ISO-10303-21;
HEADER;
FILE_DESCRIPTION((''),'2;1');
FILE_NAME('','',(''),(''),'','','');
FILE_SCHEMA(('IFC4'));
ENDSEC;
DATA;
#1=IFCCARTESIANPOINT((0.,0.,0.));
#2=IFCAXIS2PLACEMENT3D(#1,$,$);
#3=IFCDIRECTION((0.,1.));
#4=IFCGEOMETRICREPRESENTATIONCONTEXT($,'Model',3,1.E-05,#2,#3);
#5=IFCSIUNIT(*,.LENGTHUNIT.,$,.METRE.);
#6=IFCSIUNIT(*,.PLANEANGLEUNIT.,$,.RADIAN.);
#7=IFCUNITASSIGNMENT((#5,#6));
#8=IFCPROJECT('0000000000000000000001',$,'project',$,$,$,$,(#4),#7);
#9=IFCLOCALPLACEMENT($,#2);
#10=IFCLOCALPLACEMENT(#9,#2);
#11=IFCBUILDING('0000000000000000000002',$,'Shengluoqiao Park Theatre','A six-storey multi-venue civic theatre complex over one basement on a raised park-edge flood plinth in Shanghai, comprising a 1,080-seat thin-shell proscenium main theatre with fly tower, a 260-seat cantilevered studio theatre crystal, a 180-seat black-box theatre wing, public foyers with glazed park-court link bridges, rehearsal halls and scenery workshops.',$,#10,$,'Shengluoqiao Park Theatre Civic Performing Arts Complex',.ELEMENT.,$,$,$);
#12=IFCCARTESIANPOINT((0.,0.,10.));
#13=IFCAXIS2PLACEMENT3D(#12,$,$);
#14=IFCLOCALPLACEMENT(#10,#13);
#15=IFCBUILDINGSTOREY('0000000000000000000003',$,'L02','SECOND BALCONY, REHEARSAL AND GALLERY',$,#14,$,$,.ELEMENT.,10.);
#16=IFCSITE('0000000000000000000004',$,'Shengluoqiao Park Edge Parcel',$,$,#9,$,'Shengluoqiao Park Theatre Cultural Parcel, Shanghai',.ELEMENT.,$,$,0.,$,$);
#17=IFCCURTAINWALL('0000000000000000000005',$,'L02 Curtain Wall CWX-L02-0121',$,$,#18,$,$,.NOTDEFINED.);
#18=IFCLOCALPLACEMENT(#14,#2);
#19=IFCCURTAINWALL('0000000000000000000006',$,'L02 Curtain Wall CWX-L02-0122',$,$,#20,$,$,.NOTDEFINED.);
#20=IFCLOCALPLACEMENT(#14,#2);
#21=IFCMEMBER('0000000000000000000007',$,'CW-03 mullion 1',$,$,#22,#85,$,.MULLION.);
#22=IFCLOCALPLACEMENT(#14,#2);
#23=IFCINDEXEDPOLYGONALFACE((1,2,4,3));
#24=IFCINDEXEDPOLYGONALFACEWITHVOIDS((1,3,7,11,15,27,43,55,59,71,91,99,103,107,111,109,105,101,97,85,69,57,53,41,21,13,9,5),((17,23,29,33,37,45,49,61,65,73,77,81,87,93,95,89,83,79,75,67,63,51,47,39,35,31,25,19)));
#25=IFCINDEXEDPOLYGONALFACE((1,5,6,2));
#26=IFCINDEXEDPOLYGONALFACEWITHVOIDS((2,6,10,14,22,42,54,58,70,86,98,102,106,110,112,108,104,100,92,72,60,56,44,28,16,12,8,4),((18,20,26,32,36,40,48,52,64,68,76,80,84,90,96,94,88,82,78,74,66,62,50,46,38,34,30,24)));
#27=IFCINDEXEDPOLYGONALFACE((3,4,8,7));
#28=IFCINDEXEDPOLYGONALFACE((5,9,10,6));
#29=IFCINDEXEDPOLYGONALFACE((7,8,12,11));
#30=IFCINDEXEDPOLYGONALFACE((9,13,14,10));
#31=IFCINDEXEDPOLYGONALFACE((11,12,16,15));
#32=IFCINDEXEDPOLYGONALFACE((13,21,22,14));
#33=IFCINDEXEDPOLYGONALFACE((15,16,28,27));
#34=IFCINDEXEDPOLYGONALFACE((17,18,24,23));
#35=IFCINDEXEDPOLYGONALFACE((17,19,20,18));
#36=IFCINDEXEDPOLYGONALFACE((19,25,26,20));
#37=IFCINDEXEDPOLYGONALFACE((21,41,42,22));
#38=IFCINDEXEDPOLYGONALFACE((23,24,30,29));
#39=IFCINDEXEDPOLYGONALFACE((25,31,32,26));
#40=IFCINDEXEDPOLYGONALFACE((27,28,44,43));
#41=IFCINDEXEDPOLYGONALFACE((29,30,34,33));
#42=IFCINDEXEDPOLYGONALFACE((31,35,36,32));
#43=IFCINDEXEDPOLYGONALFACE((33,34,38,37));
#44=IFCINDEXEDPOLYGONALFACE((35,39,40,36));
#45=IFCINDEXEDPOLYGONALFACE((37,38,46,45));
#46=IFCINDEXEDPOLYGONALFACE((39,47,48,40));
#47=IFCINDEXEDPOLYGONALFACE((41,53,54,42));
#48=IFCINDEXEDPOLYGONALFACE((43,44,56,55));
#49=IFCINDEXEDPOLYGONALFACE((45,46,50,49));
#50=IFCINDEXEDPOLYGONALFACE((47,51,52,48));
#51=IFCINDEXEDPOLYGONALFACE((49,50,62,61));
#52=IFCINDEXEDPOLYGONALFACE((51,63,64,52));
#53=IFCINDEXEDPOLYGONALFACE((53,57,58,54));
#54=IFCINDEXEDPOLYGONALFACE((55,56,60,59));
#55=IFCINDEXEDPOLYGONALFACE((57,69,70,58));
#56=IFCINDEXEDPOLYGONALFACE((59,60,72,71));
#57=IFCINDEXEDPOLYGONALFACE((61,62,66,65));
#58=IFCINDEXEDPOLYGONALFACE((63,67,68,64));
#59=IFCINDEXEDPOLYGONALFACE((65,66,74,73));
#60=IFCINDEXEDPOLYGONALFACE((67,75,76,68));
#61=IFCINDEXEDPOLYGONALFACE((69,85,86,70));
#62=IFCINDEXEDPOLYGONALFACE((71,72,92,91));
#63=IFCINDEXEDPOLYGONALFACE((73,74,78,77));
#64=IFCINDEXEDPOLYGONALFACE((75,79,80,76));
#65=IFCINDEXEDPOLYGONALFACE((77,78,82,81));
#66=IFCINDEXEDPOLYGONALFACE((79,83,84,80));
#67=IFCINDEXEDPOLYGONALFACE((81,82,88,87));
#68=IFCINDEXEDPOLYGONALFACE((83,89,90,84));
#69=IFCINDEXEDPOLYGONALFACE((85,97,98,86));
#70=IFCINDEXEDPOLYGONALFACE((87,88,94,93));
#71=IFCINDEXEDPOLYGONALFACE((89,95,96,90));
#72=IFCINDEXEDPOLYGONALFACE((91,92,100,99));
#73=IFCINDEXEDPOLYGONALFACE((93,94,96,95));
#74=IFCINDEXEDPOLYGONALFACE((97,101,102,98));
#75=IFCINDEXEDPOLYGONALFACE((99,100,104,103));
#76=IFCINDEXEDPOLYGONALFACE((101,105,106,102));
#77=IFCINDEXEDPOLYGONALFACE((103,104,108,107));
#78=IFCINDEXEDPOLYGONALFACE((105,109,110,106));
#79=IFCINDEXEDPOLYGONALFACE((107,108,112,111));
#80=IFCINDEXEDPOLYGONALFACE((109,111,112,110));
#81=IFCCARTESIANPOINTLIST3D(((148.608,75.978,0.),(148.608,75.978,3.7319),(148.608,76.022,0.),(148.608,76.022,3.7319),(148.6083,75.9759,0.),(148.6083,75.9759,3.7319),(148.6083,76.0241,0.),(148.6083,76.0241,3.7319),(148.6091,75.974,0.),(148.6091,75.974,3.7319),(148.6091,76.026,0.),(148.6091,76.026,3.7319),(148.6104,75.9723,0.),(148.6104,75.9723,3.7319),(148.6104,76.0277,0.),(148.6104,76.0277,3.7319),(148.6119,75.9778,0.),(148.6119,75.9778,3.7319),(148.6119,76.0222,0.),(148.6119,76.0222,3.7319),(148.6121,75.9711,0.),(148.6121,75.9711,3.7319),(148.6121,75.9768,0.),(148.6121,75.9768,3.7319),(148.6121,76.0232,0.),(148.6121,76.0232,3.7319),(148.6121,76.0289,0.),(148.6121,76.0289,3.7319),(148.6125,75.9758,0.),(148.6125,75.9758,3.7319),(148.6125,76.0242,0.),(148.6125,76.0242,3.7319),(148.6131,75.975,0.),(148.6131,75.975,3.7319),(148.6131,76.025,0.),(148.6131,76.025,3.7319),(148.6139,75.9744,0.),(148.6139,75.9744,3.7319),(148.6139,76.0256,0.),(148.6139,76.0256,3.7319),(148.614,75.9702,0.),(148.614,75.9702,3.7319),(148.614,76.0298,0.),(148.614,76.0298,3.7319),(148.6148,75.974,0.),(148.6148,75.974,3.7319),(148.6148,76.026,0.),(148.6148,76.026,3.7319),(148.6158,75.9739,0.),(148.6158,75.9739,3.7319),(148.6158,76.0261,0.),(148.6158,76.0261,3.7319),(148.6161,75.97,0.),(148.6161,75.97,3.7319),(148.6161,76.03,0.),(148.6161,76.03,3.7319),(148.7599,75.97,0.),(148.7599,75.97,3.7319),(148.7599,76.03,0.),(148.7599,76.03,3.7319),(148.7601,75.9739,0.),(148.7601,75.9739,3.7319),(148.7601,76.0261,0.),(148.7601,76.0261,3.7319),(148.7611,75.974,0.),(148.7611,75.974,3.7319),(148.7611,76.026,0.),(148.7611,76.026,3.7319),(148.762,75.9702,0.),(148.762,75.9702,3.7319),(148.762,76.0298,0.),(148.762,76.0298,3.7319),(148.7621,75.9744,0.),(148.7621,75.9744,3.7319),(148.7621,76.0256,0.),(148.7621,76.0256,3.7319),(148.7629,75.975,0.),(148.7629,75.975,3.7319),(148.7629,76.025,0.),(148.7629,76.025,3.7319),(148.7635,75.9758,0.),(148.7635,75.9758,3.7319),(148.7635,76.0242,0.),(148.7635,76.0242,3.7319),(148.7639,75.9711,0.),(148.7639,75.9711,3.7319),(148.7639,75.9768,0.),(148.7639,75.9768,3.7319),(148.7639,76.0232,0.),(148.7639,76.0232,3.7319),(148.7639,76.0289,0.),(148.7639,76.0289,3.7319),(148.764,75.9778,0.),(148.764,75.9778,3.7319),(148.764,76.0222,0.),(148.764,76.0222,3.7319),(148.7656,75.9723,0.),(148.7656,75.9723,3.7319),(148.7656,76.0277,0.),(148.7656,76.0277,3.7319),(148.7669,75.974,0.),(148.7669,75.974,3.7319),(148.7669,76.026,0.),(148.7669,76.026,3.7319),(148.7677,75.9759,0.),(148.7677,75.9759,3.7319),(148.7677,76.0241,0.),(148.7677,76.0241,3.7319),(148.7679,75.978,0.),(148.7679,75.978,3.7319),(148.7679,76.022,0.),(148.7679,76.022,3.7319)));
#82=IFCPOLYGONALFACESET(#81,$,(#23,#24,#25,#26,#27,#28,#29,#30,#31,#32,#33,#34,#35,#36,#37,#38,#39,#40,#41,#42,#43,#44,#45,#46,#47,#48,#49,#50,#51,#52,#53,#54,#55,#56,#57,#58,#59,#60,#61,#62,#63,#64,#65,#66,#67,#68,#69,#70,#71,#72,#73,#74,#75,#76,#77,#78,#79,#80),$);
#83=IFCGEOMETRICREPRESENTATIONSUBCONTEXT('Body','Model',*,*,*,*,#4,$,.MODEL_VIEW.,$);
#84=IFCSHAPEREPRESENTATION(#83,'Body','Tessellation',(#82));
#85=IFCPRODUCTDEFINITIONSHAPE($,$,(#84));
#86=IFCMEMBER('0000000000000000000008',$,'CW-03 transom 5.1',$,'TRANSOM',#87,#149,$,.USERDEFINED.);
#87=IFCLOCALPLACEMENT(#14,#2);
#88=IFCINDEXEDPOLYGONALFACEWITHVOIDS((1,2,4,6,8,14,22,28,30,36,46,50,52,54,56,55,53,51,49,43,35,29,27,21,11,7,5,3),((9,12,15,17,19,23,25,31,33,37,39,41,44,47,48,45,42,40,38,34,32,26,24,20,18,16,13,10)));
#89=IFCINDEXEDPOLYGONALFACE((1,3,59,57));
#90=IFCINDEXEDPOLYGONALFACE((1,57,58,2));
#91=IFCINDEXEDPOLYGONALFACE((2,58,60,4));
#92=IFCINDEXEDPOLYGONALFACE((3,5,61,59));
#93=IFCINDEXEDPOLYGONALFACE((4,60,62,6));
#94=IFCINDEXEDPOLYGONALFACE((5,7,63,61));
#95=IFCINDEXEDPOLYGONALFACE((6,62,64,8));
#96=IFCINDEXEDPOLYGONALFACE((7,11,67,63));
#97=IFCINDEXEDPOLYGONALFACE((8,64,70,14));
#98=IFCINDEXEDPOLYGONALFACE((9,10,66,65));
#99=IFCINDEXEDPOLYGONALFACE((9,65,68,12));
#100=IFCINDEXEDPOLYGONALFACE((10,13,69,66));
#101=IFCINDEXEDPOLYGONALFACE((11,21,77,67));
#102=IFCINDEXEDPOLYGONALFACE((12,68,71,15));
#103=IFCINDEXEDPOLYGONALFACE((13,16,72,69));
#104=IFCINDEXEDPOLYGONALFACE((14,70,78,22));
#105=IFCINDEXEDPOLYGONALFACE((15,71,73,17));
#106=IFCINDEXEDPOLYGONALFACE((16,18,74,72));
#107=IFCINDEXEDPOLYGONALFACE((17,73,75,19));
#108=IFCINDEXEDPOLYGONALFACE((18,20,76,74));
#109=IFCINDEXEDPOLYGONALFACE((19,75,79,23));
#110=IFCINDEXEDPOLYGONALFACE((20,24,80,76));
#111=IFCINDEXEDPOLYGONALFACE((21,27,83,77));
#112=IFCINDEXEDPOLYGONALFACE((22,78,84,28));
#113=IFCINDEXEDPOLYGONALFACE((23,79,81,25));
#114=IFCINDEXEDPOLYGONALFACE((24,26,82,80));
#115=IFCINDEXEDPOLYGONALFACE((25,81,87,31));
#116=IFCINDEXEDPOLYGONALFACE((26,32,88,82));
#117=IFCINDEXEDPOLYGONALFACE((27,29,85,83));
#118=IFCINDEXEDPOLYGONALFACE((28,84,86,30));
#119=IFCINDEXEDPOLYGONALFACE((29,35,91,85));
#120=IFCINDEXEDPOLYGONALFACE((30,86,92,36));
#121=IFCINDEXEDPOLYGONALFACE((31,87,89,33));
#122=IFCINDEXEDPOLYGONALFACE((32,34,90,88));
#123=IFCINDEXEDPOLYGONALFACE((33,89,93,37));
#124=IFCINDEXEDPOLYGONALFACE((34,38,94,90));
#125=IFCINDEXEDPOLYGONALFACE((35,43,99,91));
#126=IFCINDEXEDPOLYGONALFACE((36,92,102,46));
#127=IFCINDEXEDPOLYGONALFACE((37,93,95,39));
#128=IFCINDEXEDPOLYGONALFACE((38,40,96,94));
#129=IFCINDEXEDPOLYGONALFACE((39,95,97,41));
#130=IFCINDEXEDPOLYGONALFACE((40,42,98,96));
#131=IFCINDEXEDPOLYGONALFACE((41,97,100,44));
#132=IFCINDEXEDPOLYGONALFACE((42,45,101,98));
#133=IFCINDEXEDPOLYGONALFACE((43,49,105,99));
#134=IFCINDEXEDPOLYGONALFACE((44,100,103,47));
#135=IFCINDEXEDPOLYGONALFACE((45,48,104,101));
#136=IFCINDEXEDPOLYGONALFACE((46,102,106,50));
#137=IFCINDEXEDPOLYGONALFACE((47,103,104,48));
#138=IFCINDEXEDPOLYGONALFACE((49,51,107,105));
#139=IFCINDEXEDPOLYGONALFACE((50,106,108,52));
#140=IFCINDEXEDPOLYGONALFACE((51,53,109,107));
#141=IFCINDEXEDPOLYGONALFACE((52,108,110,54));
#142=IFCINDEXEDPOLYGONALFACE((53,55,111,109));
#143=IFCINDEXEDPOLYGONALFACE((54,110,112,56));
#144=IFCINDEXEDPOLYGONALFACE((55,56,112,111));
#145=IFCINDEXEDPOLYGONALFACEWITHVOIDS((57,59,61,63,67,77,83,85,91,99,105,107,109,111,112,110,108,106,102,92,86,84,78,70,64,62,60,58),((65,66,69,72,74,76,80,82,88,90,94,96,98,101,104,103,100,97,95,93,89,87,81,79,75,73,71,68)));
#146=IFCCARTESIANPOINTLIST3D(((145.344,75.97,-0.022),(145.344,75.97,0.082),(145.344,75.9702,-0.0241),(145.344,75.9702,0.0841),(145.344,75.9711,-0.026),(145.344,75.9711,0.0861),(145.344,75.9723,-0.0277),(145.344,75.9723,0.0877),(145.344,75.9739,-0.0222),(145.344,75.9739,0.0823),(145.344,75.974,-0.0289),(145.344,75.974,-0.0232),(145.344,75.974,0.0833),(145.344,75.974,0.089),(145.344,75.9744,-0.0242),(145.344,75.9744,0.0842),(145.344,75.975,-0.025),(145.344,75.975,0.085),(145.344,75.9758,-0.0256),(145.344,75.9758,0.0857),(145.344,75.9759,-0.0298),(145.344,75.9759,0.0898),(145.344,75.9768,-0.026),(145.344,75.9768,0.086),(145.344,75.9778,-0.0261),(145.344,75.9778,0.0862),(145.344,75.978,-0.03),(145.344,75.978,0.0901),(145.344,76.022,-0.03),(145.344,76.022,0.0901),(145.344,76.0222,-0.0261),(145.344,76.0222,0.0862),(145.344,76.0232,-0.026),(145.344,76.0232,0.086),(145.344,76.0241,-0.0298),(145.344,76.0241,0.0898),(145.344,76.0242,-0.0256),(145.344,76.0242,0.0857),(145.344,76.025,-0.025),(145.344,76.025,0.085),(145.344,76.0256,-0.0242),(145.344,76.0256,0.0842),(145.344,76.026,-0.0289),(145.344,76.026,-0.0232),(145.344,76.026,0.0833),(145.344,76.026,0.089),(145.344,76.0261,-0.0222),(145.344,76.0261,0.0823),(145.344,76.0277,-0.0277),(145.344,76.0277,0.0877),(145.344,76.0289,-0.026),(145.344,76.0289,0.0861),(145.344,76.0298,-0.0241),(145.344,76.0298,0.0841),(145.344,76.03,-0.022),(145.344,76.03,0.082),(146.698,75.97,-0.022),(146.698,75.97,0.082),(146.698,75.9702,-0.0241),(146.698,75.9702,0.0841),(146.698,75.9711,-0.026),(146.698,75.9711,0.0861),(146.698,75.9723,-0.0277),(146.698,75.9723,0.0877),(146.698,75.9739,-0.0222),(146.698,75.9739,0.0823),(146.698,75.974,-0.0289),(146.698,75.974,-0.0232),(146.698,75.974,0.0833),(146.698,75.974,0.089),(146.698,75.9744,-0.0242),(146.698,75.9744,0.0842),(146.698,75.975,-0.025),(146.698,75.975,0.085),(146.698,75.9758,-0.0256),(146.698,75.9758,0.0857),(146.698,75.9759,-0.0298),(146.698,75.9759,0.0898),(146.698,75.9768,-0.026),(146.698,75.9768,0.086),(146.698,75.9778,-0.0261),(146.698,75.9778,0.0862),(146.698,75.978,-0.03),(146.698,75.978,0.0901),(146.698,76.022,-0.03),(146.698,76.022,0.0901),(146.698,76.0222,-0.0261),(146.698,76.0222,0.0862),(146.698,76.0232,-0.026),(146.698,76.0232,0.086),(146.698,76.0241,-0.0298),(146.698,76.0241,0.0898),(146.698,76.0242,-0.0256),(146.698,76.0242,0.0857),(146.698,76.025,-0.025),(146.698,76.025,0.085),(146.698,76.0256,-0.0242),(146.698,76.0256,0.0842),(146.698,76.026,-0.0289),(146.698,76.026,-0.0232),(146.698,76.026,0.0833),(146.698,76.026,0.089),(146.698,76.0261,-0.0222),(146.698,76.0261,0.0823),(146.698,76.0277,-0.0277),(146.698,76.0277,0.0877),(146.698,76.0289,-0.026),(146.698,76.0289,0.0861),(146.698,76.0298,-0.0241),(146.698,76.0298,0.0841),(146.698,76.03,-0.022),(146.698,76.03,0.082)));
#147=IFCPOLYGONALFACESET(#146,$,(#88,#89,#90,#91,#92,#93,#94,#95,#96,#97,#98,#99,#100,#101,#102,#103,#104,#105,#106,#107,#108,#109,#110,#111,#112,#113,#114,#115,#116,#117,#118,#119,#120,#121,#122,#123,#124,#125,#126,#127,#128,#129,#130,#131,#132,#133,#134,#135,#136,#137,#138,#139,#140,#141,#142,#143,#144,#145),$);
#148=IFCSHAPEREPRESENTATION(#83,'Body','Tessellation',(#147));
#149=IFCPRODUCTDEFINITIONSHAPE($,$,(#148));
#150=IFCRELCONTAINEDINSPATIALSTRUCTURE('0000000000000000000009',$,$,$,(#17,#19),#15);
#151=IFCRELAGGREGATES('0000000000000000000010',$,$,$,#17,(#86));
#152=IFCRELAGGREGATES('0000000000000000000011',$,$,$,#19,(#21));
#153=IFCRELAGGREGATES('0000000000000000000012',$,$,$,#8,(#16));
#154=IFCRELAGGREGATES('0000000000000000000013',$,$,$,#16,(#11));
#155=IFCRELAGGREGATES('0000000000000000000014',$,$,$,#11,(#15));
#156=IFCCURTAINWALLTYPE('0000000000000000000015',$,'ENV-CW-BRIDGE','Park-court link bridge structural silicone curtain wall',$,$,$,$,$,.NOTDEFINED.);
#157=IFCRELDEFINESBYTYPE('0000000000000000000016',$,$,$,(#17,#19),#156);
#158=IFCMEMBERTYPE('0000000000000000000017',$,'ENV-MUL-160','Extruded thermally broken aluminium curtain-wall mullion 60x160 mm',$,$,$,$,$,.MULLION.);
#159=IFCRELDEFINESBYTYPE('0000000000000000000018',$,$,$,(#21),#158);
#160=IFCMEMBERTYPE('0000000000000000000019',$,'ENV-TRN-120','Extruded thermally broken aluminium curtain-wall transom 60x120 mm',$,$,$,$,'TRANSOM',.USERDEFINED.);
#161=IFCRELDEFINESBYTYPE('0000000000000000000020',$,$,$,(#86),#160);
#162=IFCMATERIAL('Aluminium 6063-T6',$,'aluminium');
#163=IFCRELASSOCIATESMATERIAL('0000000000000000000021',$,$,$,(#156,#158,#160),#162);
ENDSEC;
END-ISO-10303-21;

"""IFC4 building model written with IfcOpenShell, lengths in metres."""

from ifc_helpers import new_model, si_unit, direction, frame, origin, origin_2d, place, context, subcontext, project, spatial, hollow_rectangle, extrude, material, material_profile, profile_set, type_object, element, aggregate, save


model = new_model("IFC4")

# Units and contexts
model_context = context("Model", 3, precision=1e-05, world=origin(), true_north=direction((0.0, 1.0)))
body_context = subcontext(model_context, "Body", "Model", "MODEL_VIEW")
ifc_project = project(units=[si_unit("LENGTHUNIT", "METRE"), si_unit("PLANEANGLEUNIT", "RADIAN")], contexts=[model_context])

# Site, building, storey
site_placement = place(None, origin())
site = spatial("IfcSite", under=ifc_project, at=site_placement, Name="Shengluoqiao Park Edge Parcel", LongName="Shengluoqiao Park Theatre Cultural Parcel, Shanghai", CompositionType="ELEMENT", RefElevation=0.0)
building_placement = place(site_placement, origin())
building = spatial("IfcBuilding", under=site, at=building_placement, Name="Shengluoqiao Park Theatre", Description="A six-storey multi-venue civic theatre complex over one basement on a raised park-edge flood plinth in Shanghai, comprising a 1,080-seat thin-shell proscenium main theatre with fly tower, a 260-seat cantilevered studio theatre crystal, a 180-seat black-box theatre wing, public foyers with glazed park-court link bridges, rehearsal halls and scenery workshops.", LongName="Shengluoqiao Park Theatre Civic Performing Arts Complex", CompositionType="ELEMENT")
storey_placement = place(building_placement, frame((0.0, 0.0, 10.0)))
storey = spatial("IfcBuildingStorey", under=building, at=storey_placement, Name="L02", Description="SECOND BALCONY, REHEARSAL AND GALLERY", CompositionType="ELEMENT", Elevation=10.0)

# Curtain wall
ifc_material_1 = material(Name="Aluminium 6063-T6", Category="aluminium")
curtain_wall_type = type_object("IfcCurtainWallType", Name="ENV-CW-BRIDGE", Description="Park-court link bridge structural silicone curtain wall", PredefinedType="NOTDEFINED", material=ifc_material_1)
curtain_wall_1_placement = place(storey_placement, origin())
curtain_wall_1 = element("IfcCurtainWall", 1, at=curtain_wall_1_placement, inside=storey, type_object=curtain_wall_type, Name="L02 Curtain Wall CWX-L02-0121", PredefinedType="NOTDEFINED")
ifc_material_profile_1 = material_profile(ifc_material_1, hollow_rectangle(XDim=0.0601, YDim=0.1599, WallThickness=0.0039, InnerFilletRadius=0.0039, OuterFilletRadius=0.0081, at=origin_2d()), Name="ALU MULLION 160x60x4")
ifc_profile_set_1 = profile_set([ifc_material_profile_1], Name="Aluminium 6063-T6")
member_type_1 = type_object("IfcMemberType", Name="ENV-MUL-160", Description="Extruded thermally broken aluminium curtain-wall mullion 60x160 mm", PredefinedType="MULLION", material=ifc_profile_set_1)

# Curtain wall, member
curtain_wall_2_placement = place(storey_placement, origin())
curtain_wall_2 = element("IfcCurtainWall", 2, at=curtain_wall_2_placement, inside=storey, type_object=curtain_wall_type, Name="L02 Curtain Wall CWX-L02-0122", PredefinedType="NOTDEFINED")
member_1_placement = place(storey_placement, frame((148.688, 76.0, 0.0), z_axis=(0.0, 0.0, 1.0), x_axis=(0.0, 1.0, 0.0)))
member_1 = element("IfcMember", 3, at=member_1_placement, type_object=member_type_1, Name="CW-03 mullion 1", PredefinedType="MULLION", context=body_context, shape_type="SweptSolid", body=[
    extrude(hollow_rectangle(XDim=0.0601, YDim=0.1599, WallThickness=0.0039, InnerFilletRadius=0.0039, OuterFilletRadius=0.0081, at=origin_2d()), origin(), (0.0, 0.0, 1.0), 3.7319),
])

# Member
ifc_material_profile_2 = material_profile(ifc_material_1, hollow_rectangle(XDim=0.0601, YDim=0.1201, WallThickness=0.0039, InnerFilletRadius=0.0039, OuterFilletRadius=0.0081, at=origin_2d()), Name="ALU TRANSOM 120x60x4")
ifc_profile_set_2 = profile_set([ifc_material_profile_2], Name="Aluminium 6063-T6")
member_type_2 = type_object("IfcMemberType", Name="ENV-TRN-120", Description="Extruded thermally broken aluminium curtain-wall transom 60x120 mm", ElementType="TRANSOM", PredefinedType="USERDEFINED", material=ifc_profile_set_2)
member_2_placement = place(storey_placement, frame((145.344, 76.0, 0.03), z_axis=(1.0, 0.0, 0.0), x_axis=(0.0, 1.0, 0.0)))
member_2 = element("IfcMember", 4, at=member_2_placement, type_object=member_type_2, Name="CW-03 transom 5.1", ObjectType="TRANSOM", PredefinedType="USERDEFINED", context=body_context, shape_type="SweptSolid", body=[
    extrude(hollow_rectangle(XDim=0.0601, YDim=0.1201, WallThickness=0.0039, InnerFilletRadius=0.0039, OuterFilletRadius=0.0081, at=origin_2d()), origin(), (0.0, 0.0, 1.0), 1.354),
])

aggregate(curtain_wall_1, [member_2])
aggregate(curtain_wall_2, [member_1])

save(model, "model.ifc")
